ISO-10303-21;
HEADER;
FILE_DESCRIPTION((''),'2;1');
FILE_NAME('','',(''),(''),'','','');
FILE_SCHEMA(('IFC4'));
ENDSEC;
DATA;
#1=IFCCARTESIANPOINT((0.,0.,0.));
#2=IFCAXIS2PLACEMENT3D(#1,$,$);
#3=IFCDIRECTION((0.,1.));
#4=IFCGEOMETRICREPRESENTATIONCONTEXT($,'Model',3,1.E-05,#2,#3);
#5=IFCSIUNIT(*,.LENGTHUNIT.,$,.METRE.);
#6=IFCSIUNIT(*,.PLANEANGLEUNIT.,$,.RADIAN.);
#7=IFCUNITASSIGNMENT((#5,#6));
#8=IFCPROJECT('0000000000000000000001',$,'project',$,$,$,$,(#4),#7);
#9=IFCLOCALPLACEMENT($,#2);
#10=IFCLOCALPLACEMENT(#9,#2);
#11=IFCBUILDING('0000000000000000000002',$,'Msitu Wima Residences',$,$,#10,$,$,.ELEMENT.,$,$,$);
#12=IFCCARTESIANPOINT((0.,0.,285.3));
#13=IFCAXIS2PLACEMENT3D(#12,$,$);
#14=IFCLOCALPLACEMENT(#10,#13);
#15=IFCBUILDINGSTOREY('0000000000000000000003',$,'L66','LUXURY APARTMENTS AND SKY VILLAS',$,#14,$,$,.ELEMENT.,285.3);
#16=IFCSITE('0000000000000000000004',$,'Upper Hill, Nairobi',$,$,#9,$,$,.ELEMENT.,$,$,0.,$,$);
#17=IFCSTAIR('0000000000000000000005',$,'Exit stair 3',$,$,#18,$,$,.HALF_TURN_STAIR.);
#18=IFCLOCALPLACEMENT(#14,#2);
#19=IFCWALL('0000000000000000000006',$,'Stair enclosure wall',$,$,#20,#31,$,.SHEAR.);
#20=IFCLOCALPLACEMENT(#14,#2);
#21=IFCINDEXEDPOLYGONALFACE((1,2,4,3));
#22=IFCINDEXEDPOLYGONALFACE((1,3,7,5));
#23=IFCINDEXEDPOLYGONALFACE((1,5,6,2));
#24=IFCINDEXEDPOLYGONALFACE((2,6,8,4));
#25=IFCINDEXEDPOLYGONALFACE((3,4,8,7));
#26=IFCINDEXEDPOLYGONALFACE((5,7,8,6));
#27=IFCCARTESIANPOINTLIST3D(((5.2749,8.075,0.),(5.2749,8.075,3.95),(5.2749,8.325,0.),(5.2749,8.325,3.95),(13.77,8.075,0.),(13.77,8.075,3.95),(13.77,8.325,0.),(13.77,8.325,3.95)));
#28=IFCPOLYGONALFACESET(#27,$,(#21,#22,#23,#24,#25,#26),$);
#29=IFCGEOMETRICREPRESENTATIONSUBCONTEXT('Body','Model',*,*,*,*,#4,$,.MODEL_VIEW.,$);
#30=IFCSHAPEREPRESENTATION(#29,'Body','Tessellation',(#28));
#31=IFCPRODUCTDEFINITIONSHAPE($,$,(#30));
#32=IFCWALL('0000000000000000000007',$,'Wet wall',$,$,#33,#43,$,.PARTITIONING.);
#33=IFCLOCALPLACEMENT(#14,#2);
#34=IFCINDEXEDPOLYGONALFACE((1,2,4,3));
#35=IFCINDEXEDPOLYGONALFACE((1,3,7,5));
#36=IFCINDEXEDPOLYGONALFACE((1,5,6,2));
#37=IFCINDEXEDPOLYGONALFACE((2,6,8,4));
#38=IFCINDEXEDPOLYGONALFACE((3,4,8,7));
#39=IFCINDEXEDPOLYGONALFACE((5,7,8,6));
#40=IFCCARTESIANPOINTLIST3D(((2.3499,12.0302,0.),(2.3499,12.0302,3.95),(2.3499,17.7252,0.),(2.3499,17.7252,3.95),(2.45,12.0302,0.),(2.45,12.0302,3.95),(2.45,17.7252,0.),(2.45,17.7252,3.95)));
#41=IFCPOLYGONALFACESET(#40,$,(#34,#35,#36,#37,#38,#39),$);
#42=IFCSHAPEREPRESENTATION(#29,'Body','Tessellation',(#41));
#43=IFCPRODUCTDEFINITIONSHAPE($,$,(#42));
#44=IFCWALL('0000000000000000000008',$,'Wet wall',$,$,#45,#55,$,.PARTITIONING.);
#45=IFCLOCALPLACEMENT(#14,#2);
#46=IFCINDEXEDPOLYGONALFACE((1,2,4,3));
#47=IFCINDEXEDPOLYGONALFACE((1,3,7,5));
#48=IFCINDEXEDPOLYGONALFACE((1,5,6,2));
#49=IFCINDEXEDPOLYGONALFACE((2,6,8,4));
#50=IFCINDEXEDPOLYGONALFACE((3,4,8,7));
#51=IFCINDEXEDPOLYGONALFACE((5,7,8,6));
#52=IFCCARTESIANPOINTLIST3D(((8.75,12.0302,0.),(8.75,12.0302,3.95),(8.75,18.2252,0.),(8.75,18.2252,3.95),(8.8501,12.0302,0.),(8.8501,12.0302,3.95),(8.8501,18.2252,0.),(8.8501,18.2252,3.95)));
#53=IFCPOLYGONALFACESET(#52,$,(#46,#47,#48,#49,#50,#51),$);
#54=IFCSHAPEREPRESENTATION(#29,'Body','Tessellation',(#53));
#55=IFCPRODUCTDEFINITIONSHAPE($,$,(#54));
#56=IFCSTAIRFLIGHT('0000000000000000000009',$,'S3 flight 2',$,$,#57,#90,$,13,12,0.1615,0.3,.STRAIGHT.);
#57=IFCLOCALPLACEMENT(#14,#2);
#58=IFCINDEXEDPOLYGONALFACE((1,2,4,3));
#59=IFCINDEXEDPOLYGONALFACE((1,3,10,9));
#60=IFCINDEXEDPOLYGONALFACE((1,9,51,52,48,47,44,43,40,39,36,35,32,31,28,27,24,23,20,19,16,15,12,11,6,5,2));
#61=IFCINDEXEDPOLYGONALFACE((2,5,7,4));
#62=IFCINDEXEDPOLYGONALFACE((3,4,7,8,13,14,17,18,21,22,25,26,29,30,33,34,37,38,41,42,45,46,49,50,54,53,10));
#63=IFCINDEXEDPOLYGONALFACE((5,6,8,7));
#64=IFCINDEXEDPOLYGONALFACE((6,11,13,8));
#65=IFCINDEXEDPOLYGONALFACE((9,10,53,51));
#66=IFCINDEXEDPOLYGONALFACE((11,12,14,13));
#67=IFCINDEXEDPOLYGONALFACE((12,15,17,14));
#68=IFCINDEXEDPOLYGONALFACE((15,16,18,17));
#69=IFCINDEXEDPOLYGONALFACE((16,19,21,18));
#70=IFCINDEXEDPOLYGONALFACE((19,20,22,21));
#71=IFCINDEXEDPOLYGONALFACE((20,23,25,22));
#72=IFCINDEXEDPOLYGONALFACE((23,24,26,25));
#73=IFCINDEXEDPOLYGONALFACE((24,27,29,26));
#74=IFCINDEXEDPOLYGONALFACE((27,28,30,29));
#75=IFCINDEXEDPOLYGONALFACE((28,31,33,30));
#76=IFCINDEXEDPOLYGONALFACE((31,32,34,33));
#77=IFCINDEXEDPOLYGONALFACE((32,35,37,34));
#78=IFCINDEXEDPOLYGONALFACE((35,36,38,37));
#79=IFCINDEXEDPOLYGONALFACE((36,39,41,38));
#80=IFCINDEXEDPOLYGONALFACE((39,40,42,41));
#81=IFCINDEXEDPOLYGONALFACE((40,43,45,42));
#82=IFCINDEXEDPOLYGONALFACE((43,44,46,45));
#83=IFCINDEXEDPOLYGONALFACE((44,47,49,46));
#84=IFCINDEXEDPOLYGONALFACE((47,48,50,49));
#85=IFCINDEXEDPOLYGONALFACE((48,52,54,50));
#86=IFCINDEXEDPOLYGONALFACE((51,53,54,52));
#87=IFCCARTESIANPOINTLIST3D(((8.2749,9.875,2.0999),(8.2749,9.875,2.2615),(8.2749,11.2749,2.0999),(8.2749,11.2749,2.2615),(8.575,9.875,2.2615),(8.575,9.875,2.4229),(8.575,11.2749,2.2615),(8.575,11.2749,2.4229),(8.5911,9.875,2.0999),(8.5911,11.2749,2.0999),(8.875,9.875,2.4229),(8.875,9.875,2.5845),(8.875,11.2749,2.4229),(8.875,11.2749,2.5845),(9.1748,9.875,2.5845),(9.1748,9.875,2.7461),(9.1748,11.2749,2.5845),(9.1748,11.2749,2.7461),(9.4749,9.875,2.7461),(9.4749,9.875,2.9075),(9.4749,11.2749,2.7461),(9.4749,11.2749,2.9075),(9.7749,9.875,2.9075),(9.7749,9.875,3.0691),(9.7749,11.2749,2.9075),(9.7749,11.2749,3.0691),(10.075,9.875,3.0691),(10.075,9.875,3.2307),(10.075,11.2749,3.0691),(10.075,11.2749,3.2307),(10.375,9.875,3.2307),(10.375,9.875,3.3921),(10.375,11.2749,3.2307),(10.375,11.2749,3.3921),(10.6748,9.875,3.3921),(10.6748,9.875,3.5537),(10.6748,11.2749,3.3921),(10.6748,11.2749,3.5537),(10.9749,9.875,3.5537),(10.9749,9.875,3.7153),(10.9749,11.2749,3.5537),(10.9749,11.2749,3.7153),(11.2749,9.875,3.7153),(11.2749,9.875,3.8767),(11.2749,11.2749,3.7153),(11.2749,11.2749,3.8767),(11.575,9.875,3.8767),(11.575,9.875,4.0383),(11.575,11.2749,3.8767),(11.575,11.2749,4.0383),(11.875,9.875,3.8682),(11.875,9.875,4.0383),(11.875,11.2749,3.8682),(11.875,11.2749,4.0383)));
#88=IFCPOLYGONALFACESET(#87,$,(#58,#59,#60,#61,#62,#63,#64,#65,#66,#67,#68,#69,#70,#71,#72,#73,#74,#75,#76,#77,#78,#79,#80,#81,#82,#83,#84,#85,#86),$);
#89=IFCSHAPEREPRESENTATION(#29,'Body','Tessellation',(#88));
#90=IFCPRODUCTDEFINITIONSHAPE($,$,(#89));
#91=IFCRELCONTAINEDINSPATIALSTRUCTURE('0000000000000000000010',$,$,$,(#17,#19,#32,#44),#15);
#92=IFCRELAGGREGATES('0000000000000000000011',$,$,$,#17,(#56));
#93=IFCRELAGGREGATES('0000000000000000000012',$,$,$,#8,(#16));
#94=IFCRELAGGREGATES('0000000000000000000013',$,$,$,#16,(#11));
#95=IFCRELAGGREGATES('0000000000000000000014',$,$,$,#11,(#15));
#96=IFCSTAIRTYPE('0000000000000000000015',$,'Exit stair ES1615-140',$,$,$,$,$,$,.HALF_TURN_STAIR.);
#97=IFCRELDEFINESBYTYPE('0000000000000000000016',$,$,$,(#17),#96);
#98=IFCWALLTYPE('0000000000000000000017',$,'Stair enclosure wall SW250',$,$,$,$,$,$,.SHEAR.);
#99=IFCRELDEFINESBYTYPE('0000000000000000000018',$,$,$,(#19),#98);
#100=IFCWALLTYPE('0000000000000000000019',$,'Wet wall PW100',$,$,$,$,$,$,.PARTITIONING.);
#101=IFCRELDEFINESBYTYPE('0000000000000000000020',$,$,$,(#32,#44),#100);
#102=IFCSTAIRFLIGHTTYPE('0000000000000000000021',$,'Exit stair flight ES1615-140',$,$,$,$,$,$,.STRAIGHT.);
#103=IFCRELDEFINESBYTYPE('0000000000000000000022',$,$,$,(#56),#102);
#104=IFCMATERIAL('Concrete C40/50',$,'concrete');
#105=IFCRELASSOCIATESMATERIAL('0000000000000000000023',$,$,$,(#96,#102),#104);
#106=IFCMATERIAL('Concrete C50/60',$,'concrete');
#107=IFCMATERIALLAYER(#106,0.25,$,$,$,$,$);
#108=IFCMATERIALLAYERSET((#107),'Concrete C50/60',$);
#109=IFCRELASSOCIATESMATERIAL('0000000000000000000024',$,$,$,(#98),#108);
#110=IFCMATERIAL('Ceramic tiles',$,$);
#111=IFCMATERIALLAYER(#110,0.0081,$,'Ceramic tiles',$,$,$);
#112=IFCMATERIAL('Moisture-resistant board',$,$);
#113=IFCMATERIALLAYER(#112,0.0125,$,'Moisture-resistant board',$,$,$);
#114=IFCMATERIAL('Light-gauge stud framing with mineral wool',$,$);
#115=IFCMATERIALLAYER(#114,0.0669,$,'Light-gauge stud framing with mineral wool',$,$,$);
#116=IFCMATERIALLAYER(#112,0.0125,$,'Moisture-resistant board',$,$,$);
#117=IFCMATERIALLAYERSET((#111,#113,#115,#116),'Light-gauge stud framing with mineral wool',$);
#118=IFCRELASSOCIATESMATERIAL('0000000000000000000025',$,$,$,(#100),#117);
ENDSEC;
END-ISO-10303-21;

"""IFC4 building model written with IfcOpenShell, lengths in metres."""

from ifc_helpers import new_model, si_unit, direction, frame, frame_2d, origin, place, context, subcontext, project, spatial, polyline, rectangle, outline, extrude, material, layer, layer_set, type_object, element, aggregate, save


model = new_model("IFC4")

# Units and contexts
model_context = context("Model", 3, precision=1e-05, world=origin(), true_north=direction((0.0, 1.0)))
body_context = subcontext(model_context, "Body", "Model", "MODEL_VIEW")
ifc_project = project(units=[si_unit("LENGTHUNIT", "METRE"), si_unit("PLANEANGLEUNIT", "RADIAN")], contexts=[model_context])

# Site, building, storey
site_placement = place(None, origin())
site = spatial("IfcSite", under=ifc_project, at=site_placement, Name="Upper Hill, Nairobi", CompositionType="ELEMENT", RefElevation=0.0)
building_placement = place(site_placement, origin())
building = spatial("IfcBuilding", under=site, at=building_placement, Name="Msitu Wima Residences", CompositionType="ELEMENT")
storey_placement = place(building_placement, frame((0.0, 0.0, 285.3)))
storey = spatial("IfcBuildingStorey", under=building, at=storey_placement, Name="L66", Description="LUXURY APARTMENTS AND SKY VILLAS", CompositionType="ELEMENT", Elevation=285.3)

# Shared definitions
ifc_material_1 = material(Name="Concrete C40/50", Category="concrete")

# Stair
stair_type = type_object("IfcStairType", Name="Exit stair ES1615-140", PredefinedType="HALF_TURN_STAIR", material=ifc_material_1)
stair_1_placement = place(storey_placement, origin())
stair_1 = element("IfcStair", 1, at=stair_1_placement, inside=storey, type_object=stair_type, Name="Exit stair 3", PredefinedType="HALF_TURN_STAIR")

# Walls
ifc_material_2 = material(Name="Concrete C50/60", Category="concrete")
ifc_layer_1 = layer(ifc_material_2, 0.25)
ifc_layer_set_1 = layer_set([ifc_layer_1], Name="Concrete C50/60")
wall_type_1 = type_object("IfcWallType", Name="Stair enclosure wall SW250", PredefinedType="SHEAR", material=ifc_layer_set_1)
wall_1_placement = place(storey_placement, frame((5.2749, 8.2, 0.0), z_axis=(0.0, 0.0, 1.0), x_axis=(1.0, 0.0, 0.0)))
element("IfcWall", 2, at=wall_1_placement, inside=storey, type_object=wall_type_1, Name="Stair enclosure wall", PredefinedType="SHEAR", context=body_context, shape_type="SweptSolid", body=[
    extrude(rectangle(XDim=8.4951, YDim=0.25, at=frame_2d((4.2476, 0.0))), origin(), (0.0, 0.0, 1.0), 3.95),
])
ifc_material_3 = material(Name="Ceramic tiles")
ifc_layer_2 = layer(ifc_material_3, 0.0081, Name="Ceramic tiles")
ifc_material_4 = material(Name="Moisture-resistant board")
ifc_layer_3 = layer(ifc_material_4, 0.0125, Name="Moisture-resistant board")
ifc_material_5 = material(Name="Light-gauge stud framing with mineral wool")
ifc_layer_4 = layer(ifc_material_5, 0.0669, Name="Light-gauge stud framing with mineral wool")
ifc_layer_5 = layer(ifc_material_4, 0.0125, Name="Moisture-resistant board")
ifc_layer_set_2 = layer_set([ifc_layer_2, ifc_layer_3, ifc_layer_4, ifc_layer_5], Name="Light-gauge stud framing with mineral wool")
wall_type_2 = type_object("IfcWallType", Name="Wet wall PW100", PredefinedType="PARTITIONING", material=ifc_layer_set_2)
wall_2_placement = place(storey_placement, frame((2.3999, 12.03, 0.0), z_axis=(0.0, 0.0, 1.0), x_axis=(0.0, 1.0, 0.0)))
element("IfcWall", 3, at=wall_2_placement, inside=storey, type_object=wall_type_2, Name="Wet wall", PredefinedType="PARTITIONING", context=body_context, shape_type="SweptSolid", body=[
    extrude(rectangle(XDim=5.6951, YDim=0.1001, at=frame_2d((2.8477, 0.0))), origin(), (0.0, 0.0, 1.0), 3.95),
])
wall_3_placement = place(storey_placement, frame((8.8, 12.03, 0.0), z_axis=(0.0, 0.0, 1.0), x_axis=(0.0, 1.0, 0.0)))
element("IfcWall", 4, at=wall_3_placement, inside=storey, type_object=wall_type_2, Name="Wet wall", PredefinedType="PARTITIONING", context=body_context, shape_type="SweptSolid", body=[
    extrude(rectangle(XDim=6.1951, YDim=0.1001, at=frame_2d((3.0977, 0.0))), origin(), (0.0, 0.0, 1.0), 3.95),
])

# Stair flight
stair_flight_type = type_object("IfcStairFlightType", Name="Exit stair flight ES1615-140", PredefinedType="STRAIGHT", material=ifc_material_1)
stair_flight_placement = place(storey_placement, frame((8.2749, 10.575, 2.0999), z_axis=(0.0, 0.0, 1.0), x_axis=(1.0, 0.0, 0.0)))
stair_flight = element("IfcStairFlight", 5, at=stair_flight_placement, type_object=stair_flight_type, Name="S3 flight 2", NumberOfRisers=13, NumberOfTreads=12, PredefinedType="STRAIGHT", RiserHeight=0.1615, TreadLength=0.3, context=body_context, shape_type="SweptSolid", body=[
    extrude(outline(polyline([(0.0, 0.0), (0.0, 0.1616), (0.3, 0.1616), (0.3, 0.323), (0.6001, 0.323), (0.6001, 0.4846), (0.8999, 0.4846), (0.8999, 0.6462), (1.2, 0.6462), (1.2, 0.8076), (1.5, 0.8076), (1.5, 0.9692), (1.8, 0.9692), (1.8, 1.1309), (2.1001, 1.1309), (2.1001, 1.2922), (2.3999, 1.2922), (2.3999, 1.4539), (2.7, 1.4539), (2.7, 1.6155), (3.0, 1.6155), (3.0, 1.7769), (3.3, 1.7769), (3.3, 1.9385), (3.6001, 1.9385), (3.6001, 2.1001), (3.6001, 1.7683), (0.3162, 0.0), (0.0, 0.0)])), frame((0.0, 0.7, 0.0), z_axis=(0.0, -1.0, 0.0), x_axis=(1.0, 0.0, 0.0)), (0.0, 0.0, 1.0), 1.3999),
])
aggregate(stair_1, [stair_flight])

save(model, "model.ifc")
